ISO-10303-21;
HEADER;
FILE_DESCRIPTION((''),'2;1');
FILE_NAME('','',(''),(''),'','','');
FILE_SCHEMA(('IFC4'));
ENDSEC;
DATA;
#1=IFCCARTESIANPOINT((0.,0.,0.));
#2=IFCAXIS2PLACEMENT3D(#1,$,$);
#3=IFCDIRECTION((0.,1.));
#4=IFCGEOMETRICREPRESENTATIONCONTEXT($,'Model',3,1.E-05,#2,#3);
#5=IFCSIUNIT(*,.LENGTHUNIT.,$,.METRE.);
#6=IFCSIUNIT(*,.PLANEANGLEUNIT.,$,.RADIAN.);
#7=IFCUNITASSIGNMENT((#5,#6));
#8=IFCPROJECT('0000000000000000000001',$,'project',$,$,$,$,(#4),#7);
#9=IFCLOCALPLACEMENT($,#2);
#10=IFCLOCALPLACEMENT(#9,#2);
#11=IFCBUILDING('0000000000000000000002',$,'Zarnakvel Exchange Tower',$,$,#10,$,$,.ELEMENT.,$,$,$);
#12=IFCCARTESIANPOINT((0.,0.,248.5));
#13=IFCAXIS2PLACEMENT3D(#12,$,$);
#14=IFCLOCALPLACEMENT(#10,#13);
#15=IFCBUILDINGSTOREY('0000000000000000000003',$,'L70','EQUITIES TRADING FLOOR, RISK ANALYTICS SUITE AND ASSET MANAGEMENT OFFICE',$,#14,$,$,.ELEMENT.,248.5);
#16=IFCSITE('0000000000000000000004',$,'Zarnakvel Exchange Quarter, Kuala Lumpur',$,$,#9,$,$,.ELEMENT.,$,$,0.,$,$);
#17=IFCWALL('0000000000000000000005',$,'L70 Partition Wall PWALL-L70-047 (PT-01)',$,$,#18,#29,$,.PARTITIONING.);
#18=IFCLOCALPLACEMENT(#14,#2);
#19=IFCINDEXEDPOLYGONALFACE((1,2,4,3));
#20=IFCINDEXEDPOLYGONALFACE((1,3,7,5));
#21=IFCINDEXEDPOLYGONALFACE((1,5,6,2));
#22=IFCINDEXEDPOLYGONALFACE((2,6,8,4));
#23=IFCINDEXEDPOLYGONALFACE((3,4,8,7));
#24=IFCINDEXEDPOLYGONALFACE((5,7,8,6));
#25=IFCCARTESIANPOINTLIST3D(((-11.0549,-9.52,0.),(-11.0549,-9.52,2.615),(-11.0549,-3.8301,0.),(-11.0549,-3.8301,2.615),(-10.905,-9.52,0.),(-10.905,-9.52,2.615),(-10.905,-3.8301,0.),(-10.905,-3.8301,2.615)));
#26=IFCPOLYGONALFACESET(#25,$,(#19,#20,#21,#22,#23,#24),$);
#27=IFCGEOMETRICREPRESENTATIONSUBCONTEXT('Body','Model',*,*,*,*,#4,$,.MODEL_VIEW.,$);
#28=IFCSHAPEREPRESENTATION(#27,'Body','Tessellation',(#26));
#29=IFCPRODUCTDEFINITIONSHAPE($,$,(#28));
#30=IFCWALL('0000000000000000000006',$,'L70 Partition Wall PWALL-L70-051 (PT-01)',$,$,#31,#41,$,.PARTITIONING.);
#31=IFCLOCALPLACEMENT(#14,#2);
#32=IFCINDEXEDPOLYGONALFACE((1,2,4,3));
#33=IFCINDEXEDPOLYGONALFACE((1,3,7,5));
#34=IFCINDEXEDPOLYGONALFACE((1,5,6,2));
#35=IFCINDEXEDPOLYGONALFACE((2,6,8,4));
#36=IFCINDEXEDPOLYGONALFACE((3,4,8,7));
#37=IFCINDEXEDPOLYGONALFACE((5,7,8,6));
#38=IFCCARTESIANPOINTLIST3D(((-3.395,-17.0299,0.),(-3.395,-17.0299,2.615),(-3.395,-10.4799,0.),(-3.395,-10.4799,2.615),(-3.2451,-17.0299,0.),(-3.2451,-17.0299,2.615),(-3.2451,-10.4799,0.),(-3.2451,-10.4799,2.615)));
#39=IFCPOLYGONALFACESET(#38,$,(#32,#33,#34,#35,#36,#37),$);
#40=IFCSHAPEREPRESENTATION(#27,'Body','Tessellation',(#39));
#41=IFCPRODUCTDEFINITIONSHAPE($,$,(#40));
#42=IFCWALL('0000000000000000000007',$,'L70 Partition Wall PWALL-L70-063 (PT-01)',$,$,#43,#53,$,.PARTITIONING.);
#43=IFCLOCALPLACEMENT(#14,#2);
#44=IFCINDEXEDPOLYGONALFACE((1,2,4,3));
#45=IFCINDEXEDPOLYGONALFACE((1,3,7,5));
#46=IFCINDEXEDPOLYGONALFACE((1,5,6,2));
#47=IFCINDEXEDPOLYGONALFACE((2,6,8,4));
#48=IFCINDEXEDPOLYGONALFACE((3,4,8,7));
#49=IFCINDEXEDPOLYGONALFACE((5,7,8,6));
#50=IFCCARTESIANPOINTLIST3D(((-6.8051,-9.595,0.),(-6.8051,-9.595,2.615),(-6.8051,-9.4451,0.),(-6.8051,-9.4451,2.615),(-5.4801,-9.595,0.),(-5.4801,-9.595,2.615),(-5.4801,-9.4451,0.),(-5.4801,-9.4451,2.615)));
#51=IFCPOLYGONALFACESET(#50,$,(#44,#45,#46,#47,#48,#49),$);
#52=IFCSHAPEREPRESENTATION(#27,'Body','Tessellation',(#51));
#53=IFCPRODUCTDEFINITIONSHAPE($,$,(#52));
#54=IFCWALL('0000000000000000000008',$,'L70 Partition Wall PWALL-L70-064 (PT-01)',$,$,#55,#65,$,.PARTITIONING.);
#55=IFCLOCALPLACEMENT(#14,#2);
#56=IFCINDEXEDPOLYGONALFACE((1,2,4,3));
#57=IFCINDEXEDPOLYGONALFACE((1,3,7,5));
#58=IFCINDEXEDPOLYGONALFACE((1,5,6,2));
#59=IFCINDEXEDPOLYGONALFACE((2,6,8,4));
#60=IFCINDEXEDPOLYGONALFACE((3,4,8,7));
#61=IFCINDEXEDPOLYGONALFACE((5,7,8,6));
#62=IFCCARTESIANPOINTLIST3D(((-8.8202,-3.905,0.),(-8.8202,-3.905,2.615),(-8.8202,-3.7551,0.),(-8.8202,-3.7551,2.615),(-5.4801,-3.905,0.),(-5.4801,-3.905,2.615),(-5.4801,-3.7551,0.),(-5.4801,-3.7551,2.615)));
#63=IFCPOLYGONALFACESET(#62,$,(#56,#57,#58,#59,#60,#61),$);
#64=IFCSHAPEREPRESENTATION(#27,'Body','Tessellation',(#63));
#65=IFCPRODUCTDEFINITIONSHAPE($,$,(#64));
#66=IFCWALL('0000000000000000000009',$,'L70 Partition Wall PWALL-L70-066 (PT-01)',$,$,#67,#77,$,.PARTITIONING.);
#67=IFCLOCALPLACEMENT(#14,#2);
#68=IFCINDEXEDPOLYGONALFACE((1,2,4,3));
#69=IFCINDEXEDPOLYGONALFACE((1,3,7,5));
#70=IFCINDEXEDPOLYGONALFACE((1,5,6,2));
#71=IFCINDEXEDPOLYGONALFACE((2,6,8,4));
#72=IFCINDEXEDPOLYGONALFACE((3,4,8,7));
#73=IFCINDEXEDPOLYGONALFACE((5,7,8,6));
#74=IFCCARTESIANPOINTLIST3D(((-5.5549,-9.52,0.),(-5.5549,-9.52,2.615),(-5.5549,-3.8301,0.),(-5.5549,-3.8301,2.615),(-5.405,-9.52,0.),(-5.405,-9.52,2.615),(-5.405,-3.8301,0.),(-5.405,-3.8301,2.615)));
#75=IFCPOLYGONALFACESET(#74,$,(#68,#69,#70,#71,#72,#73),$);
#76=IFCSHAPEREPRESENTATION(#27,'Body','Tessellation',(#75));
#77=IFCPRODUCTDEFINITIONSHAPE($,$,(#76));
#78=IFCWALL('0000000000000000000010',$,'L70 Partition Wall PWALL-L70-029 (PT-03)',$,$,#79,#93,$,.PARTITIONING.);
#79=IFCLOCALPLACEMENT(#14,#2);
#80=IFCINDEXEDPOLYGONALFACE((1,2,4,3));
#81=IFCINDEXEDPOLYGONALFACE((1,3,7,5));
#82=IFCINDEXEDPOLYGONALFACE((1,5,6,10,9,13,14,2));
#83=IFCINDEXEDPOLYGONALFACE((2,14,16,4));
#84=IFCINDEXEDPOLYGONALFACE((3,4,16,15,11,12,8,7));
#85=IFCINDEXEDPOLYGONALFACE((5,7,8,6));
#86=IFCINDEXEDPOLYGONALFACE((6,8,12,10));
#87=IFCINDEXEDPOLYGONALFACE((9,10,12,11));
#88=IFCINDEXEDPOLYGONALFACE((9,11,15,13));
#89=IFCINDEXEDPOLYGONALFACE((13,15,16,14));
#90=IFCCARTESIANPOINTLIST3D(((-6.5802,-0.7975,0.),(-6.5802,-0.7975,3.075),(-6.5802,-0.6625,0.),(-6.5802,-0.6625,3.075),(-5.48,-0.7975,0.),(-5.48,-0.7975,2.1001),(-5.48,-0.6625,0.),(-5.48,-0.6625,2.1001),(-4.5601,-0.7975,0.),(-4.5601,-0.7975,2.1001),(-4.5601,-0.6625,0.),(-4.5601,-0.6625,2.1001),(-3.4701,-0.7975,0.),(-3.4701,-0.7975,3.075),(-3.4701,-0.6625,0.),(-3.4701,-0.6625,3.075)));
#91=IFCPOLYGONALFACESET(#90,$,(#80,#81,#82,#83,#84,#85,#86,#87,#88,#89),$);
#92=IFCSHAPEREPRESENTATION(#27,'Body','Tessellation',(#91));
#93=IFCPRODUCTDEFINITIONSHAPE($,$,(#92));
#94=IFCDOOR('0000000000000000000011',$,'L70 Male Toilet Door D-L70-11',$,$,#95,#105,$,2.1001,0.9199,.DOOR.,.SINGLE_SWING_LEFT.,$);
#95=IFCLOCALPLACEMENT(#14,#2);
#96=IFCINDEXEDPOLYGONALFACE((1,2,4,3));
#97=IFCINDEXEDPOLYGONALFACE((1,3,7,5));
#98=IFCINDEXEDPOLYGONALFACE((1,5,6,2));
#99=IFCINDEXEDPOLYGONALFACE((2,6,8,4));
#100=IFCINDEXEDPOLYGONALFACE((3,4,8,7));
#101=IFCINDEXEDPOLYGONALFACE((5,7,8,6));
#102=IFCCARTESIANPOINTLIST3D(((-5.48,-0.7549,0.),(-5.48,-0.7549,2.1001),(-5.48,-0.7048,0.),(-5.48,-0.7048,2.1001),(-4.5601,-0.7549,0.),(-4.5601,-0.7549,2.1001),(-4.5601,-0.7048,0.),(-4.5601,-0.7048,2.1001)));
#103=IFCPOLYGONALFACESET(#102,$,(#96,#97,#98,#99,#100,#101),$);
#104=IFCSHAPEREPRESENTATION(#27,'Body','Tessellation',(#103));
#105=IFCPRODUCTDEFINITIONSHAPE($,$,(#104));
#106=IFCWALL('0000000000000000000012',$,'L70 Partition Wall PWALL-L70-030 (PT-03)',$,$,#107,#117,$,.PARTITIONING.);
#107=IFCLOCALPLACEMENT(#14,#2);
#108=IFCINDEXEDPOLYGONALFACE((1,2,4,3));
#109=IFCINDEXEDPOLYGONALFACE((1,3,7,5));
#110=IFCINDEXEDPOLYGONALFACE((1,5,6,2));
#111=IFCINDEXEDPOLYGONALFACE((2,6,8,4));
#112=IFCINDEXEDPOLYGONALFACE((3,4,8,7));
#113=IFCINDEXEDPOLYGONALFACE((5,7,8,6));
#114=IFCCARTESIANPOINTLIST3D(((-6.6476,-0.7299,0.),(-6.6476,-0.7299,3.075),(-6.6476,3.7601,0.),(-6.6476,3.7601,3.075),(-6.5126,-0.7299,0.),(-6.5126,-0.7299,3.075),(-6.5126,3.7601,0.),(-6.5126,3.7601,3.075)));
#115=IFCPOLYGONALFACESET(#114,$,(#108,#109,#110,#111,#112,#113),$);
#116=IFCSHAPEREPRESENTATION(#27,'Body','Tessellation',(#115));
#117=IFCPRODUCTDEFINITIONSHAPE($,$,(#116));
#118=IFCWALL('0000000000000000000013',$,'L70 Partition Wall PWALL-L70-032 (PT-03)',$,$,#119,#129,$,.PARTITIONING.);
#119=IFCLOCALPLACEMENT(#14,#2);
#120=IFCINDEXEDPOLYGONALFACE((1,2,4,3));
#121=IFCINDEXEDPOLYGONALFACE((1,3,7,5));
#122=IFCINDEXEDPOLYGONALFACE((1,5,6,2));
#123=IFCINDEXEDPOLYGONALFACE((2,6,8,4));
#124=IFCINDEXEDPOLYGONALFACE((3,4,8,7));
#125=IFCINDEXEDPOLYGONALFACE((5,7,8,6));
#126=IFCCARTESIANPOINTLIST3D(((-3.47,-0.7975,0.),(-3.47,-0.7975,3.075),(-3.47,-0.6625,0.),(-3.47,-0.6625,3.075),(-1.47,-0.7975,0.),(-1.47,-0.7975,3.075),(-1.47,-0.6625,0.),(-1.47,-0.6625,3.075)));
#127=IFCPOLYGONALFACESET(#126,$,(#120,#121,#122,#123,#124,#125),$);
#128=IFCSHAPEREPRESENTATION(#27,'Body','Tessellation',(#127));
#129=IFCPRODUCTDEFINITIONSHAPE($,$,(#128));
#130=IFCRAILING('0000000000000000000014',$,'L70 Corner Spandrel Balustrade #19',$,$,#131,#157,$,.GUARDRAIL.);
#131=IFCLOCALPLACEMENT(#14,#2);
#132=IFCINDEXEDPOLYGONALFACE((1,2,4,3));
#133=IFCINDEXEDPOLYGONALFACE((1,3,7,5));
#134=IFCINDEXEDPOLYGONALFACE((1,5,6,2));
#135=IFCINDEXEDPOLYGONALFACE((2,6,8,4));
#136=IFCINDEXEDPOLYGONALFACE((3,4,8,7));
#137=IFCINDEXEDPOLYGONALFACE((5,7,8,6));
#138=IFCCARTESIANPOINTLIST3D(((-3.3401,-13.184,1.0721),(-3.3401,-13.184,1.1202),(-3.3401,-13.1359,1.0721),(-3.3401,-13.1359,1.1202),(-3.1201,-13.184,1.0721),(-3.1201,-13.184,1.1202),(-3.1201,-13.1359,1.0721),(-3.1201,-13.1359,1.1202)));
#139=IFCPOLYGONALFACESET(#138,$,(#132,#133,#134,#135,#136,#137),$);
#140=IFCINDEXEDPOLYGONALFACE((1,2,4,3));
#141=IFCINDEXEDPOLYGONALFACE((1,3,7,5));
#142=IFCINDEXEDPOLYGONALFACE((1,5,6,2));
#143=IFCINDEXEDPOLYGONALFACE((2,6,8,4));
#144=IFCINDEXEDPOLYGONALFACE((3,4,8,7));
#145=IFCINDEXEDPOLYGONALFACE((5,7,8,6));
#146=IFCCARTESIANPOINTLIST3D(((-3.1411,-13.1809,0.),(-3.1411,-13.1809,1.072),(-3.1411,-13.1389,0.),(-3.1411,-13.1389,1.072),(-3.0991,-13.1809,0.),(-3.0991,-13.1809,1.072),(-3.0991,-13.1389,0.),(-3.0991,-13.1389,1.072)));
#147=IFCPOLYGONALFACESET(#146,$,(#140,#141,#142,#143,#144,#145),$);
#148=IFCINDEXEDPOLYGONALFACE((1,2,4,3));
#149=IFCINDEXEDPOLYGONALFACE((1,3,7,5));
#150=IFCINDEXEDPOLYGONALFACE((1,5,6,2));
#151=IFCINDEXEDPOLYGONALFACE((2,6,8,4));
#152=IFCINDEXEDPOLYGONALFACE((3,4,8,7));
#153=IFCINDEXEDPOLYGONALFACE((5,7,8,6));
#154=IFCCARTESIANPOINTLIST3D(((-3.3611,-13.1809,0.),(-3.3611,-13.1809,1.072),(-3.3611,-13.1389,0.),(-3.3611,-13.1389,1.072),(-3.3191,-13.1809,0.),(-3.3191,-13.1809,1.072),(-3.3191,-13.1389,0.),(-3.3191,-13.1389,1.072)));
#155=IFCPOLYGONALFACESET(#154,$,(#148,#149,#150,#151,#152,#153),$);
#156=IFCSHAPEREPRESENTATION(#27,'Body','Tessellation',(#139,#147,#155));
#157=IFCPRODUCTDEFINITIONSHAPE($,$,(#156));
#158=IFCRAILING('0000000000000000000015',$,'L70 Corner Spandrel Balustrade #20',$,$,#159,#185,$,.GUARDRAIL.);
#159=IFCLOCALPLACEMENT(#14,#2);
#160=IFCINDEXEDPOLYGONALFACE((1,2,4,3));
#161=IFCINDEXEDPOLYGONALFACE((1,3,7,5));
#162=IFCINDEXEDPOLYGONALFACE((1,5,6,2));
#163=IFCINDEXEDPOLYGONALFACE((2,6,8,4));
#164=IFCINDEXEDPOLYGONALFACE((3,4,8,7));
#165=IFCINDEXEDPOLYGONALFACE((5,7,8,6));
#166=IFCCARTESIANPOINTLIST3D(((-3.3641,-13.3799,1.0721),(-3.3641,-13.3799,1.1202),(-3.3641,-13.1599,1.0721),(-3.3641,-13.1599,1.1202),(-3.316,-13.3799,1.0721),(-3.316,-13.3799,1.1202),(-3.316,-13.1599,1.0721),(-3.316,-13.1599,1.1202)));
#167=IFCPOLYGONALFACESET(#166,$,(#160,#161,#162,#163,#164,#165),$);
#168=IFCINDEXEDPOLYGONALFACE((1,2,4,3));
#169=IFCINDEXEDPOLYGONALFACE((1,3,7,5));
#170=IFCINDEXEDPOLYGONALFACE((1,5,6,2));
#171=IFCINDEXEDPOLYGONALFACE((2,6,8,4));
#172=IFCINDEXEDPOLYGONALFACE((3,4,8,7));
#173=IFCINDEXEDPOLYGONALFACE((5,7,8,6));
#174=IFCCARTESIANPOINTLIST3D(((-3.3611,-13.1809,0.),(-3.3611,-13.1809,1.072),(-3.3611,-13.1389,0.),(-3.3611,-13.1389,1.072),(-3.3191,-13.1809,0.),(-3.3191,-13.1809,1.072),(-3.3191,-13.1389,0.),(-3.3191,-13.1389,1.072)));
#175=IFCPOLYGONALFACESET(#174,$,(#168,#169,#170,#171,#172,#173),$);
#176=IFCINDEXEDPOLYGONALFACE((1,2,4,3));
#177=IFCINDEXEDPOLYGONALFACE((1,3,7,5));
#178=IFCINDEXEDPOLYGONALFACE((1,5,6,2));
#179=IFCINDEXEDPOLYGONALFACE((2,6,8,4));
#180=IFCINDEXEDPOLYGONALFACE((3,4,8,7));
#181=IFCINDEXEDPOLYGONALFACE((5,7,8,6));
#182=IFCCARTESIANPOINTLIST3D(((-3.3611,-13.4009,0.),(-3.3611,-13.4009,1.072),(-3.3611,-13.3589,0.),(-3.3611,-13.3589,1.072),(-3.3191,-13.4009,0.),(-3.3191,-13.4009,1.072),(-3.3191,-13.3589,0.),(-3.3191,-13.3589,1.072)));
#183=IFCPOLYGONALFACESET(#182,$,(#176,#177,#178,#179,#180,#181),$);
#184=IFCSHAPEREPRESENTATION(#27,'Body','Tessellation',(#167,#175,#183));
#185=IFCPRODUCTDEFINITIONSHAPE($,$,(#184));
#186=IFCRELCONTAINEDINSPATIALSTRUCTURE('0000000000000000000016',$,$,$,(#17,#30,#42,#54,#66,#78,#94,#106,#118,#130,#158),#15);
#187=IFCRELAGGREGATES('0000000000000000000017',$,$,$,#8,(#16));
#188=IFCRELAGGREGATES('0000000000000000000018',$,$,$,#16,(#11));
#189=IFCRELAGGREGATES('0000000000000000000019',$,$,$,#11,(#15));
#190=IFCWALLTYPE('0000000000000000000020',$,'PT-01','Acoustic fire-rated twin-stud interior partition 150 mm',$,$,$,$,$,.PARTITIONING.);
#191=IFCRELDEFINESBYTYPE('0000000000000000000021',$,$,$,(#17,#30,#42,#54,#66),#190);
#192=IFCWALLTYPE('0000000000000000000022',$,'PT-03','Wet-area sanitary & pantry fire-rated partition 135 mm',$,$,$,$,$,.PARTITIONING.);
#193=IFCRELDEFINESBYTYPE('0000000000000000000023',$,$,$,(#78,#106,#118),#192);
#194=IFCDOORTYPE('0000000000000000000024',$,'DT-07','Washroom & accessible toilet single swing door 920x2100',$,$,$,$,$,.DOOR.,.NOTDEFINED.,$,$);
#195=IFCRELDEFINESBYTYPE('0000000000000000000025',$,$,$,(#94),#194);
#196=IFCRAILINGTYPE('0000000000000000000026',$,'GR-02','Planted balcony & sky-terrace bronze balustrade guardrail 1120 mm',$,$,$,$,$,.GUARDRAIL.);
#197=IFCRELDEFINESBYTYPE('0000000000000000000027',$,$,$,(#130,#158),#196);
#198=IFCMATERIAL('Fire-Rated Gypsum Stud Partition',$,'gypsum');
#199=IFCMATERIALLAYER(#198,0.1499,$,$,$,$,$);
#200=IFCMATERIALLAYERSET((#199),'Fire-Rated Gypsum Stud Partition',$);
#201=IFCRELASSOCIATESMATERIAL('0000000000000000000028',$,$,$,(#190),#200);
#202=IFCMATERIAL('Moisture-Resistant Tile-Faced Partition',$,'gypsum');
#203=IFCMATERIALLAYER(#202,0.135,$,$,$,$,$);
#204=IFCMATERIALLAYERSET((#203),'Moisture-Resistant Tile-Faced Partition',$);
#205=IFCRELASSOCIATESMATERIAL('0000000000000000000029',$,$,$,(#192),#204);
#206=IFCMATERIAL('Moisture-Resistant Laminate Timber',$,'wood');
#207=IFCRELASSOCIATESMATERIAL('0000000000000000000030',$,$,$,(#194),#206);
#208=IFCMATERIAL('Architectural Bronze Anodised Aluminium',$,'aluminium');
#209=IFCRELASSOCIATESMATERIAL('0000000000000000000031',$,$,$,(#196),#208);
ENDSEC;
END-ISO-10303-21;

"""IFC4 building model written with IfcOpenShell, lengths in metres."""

from ifc_helpers import new_model, si_unit, direction, frame, frame_2d, origin, origin_2d, place, context, subcontext, project, spatial, rectangle, extrude, source, transform, mapped, material, layer, layer_set, type_object, element, fill, save


model = new_model("IFC4")

# Units and contexts
model_context = context("Model", 3, precision=1e-05, world=origin(), true_north=direction((0.0, 1.0)))
body_context = subcontext(model_context, "Body", "Model", "MODEL_VIEW")
ifc_project = project(units=[si_unit("LENGTHUNIT", "METRE"), si_unit("PLANEANGLEUNIT", "RADIAN")], contexts=[model_context])

# Site, building, storey
site_placement = place(None, origin())
site = spatial("IfcSite", under=ifc_project, at=site_placement, Name="Zarnakvel Exchange Quarter, Kuala Lumpur", CompositionType="ELEMENT", RefElevation=0.0)
building_placement = place(site_placement, origin())
building = spatial("IfcBuilding", under=site, at=building_placement, Name="Zarnakvel Exchange Tower", CompositionType="ELEMENT")
storey_placement = place(building_placement, frame((0.0, 0.0, 248.5)))
storey = spatial("IfcBuildingStorey", under=building, at=storey_placement, Name="L70", Description="EQUITIES TRADING FLOOR, RISK ANALYTICS SUITE AND ASSET MANAGEMENT OFFICE", CompositionType="ELEMENT", Elevation=248.5)

# Walls
ifc_material_1 = material(Name="Fire-Rated Gypsum Stud Partition", Category="gypsum")
ifc_layer_1 = layer(ifc_material_1, 0.1499)
ifc_layer_set_1 = layer_set([ifc_layer_1], Name="Fire-Rated Gypsum Stud Partition")
wall_type_1 = type_object("IfcWallType", Name="PT-01", Description="Acoustic fire-rated twin-stud interior partition 150 mm", PredefinedType="PARTITIONING", material=ifc_layer_set_1)
wall_1_placement = place(storey_placement, frame((-10.98, -3.8301, 0.0), z_axis=(0.0, 0.0, 1.0), x_axis=(0.0, -1.0, 0.0)))
element("IfcWall", 1, at=wall_1_placement, inside=storey, type_object=wall_type_1, Name="L70 Partition Wall PWALL-L70-047 (PT-01)", PredefinedType="PARTITIONING", context=body_context, shape_type="SweptSolid", body=[
    extrude(rectangle(XDim=5.6899, YDim=0.1499, at=frame_2d((2.845, 0.0))), origin(), (0.0, 0.0, 1.0), 2.615),
])
wall_2_placement = place(storey_placement, frame((-3.3201, -10.48, 0.0), z_axis=(0.0, 0.0, 1.0), x_axis=(0.0, -1.0, 0.0)))
element("IfcWall", 2, at=wall_2_placement, inside=storey, type_object=wall_type_1, Name="L70 Partition Wall PWALL-L70-051 (PT-01)", PredefinedType="PARTITIONING", context=body_context, shape_type="SweptSolid", body=[
    extrude(rectangle(XDim=6.55, YDim=0.1499, at=frame_2d((3.2749, 0.0))), origin(), (0.0, 0.0, 1.0), 2.615),
])
wall_3_placement = place(storey_placement, frame((-5.48, -9.52, 0.0), z_axis=(0.0, 0.0, 1.0), x_axis=(-1.0, 0.0, 0.0)))
element("IfcWall", 3, at=wall_3_placement, inside=storey, type_object=wall_type_1, Name="L70 Partition Wall PWALL-L70-063 (PT-01)", PredefinedType="PARTITIONING", context=body_context, shape_type="SweptSolid", body=[
    extrude(rectangle(XDim=1.325, YDim=0.1499, at=frame_2d((0.6626, 0.0))), origin(), (0.0, 0.0, 1.0), 2.615),
])
wall_4_placement = place(storey_placement, frame((-8.8201, -3.8301, 0.0), z_axis=(0.0, 0.0, 1.0), x_axis=(1.0, 0.0, 0.0)))
element("IfcWall", 4, at=wall_4_placement, inside=storey, type_object=wall_type_1, Name="L70 Partition Wall PWALL-L70-064 (PT-01)", PredefinedType="PARTITIONING", context=body_context, shape_type="SweptSolid", body=[
    extrude(rectangle(XDim=3.3401, YDim=0.1499, at=frame_2d((1.6699, 0.0))), origin(), (0.0, 0.0, 1.0), 2.615),
])

# Wall
wall_5_placement = place(storey_placement, frame((-5.48, -3.8301, 0.0), z_axis=(0.0, 0.0, 1.0), x_axis=(0.0, -1.0, 0.0)))
element("IfcWall", 5, at=wall_5_placement, inside=storey, type_object=wall_type_1, Name="L70 Partition Wall PWALL-L70-066 (PT-01)", PredefinedType="PARTITIONING", context=body_context, shape_type="SweptSolid", body=[
    extrude(rectangle(XDim=5.6899, YDim=0.1499, at=frame_2d((2.845, 0.0))), origin(), (0.0, 0.0, 1.0), 2.615),
])

# Wall, opening, door
ifc_material_2 = material(Name="Moisture-Resistant Tile-Faced Partition", Category="gypsum")
ifc_layer_2 = layer(ifc_material_2, 0.135)
ifc_layer_set_2 = layer_set([ifc_layer_2], Name="Moisture-Resistant Tile-Faced Partition")
wall_type_2 = type_object("IfcWallType", Name="PT-03", Description="Wet-area sanitary & pantry fire-rated partition 135 mm", PredefinedType="PARTITIONING", material=ifc_layer_set_2)
wall_6_placement = place(storey_placement, frame((-3.47, -0.73, 0.0), z_axis=(0.0, 0.0, 1.0), x_axis=(-1.0, 0.0, 0.0)))
wall_6 = element("IfcWall", 6, at=wall_6_placement, inside=storey, type_object=wall_type_2, Name="L70 Partition Wall PWALL-L70-029 (PT-03)", PredefinedType="PARTITIONING", context=body_context, shape_type="SweptSolid", body=[
    extrude(rectangle(XDim=3.1101, YDim=0.135, at=frame_2d((1.5552, 0.0))), origin(), (0.0, 0.0, 1.0), 3.075),
])
opening_1_placement = place(wall_6_placement, frame((1.0901, 0.0, 0.0)))
opening_1 = element("IfcOpeningElement", 7, at=opening_1_placement, cuts=wall_6, PredefinedType="OPENING", context=body_context, shape_type="SweptSolid", body=[
    extrude(rectangle(XDim=0.9199, YDim=2.1001, at=frame_2d((0.46, 1.05))), frame((0.0, 0.0774, 0.0), z_axis=(0.0, -1.0, 0.0), x_axis=(1.0, 0.0, 0.0)), (0.0, 0.0, 1.0), 0.155),
])
ifc_material_3 = material(Name="Moisture-Resistant Laminate Timber", Category="wood")
door_type_1 = type_object("IfcDoorType", Name="DT-07", Description="Washroom & accessible toilet single swing door 920x2100", OperationType="NOTDEFINED", PredefinedType="DOOR", material=ifc_material_3)
shared_shape_1 = source(origin(), body_context, "Body", "SweptSolid", [
    extrude(rectangle(XDim=0.9199, YDim=2.1001, at=frame_2d((0.46, 1.05))), frame((0.0, 0.0249, 0.0), z_axis=(0.0, -1.0, 0.0), x_axis=(1.0, 0.0, 0.0)), (0.0, 0.0, 1.0), 0.05),
])
door_1_placement = place(opening_1_placement, origin())
door_1 = element("IfcDoor", 8, at=door_1_placement, inside=storey, type_object=door_type_1, Name="L70 Male Toilet Door D-L70-11", OperationType="SINGLE_SWING_LEFT", OverallHeight=2.1001, OverallWidth=0.9199, PredefinedType="DOOR", context=body_context, shape_type="MappedRepresentation", body=[
    mapped(shared_shape_1, transform((0.0, 0.0, 0.0), x_axis=(1.0, 0.0, 0.0), y_axis=(0.0, 1.0, 0.0), z_axis=(0.0, 0.0, 1.0), scale=1.0)),
])
fill(opening_1, door_1)

# Walls
wall_7_placement = place(storey_placement, frame((-6.5801, -0.73, 0.0), z_axis=(0.0, 0.0, 1.0), x_axis=(0.0, 1.0, 0.0)))
element("IfcWall", 9, at=wall_7_placement, inside=storey, type_object=wall_type_2, Name="L70 Partition Wall PWALL-L70-030 (PT-03)", PredefinedType="PARTITIONING", context=body_context, shape_type="SweptSolid", body=[
    extrude(rectangle(XDim=4.49, YDim=0.135, at=frame_2d((2.2451, 0.0))), origin(), (0.0, 0.0, 1.0), 3.075),
])
wall_8_placement = place(storey_placement, frame((-1.47, -0.73, 0.0), z_axis=(0.0, 0.0, 1.0), x_axis=(-1.0, 0.0, 0.0)))
element("IfcWall", 10, at=wall_8_placement, inside=storey, type_object=wall_type_2, Name="L70 Partition Wall PWALL-L70-032 (PT-03)", PredefinedType="PARTITIONING", context=body_context, shape_type="SweptSolid", body=[
    extrude(rectangle(XDim=2.0, YDim=0.135, at=frame_2d((1.0, 0.0))), origin(), (0.0, 0.0, 1.0), 3.075),
])

# Railings
ifc_material_4 = material(Name="Architectural Bronze Anodised Aluminium", Category="aluminium")
railing_type_1 = type_object("IfcRailingType", Name="GR-02", Description="Planted balcony & sky-terrace bronze balustrade guardrail 1120 mm", PredefinedType="GUARDRAIL", material=ifc_material_4)
railing_1_placement = place(storey_placement, frame((-3.1201, -13.1599, 0.0)))
element("IfcRailing", 11, at=railing_1_placement, inside=storey, type_object=railing_type_1, Name="L70 Corner Spandrel Balustrade #19", PredefinedType="GUARDRAIL", context=body_context, shape_type="SweptSolid", body=[
    extrude(rectangle(XDim=0.0481, YDim=0.0481, at=origin_2d()), frame((0.0, 0.0, 1.0962), z_axis=(-1.0, 0.0, 0.0), x_axis=(0.0, -1.0, 0.0)), (0.0, 0.0, 1.0), 0.22),
    extrude(rectangle(XDim=0.042, YDim=0.042, at=origin_2d()), origin(), (0.0, 0.0, 1.0), 1.072),
    extrude(rectangle(XDim=0.042, YDim=0.042, at=origin_2d()), frame((-0.22, 0.0, 0.0)), (0.0, 0.0, 1.0), 1.072),
])
railing_2_placement = place(storey_placement, frame((-3.3401, -13.1599, 0.0)))
element("IfcRailing", 12, at=railing_2_placement, inside=storey, type_object=railing_type_1, Name="L70 Corner Spandrel Balustrade #20", PredefinedType="GUARDRAIL", context=body_context, shape_type="SweptSolid", body=[
    extrude(rectangle(XDim=0.0481, YDim=0.0481, at=origin_2d()), frame((0.0, 0.0, 1.0962), z_axis=(0.0, -1.0, 0.0), x_axis=(1.0, 0.0, 0.0)), (0.0, 0.0, 1.0), 0.22),
    extrude(rectangle(XDim=0.042, YDim=0.042, at=origin_2d()), origin(), (0.0, 0.0, 1.0), 1.072),
    extrude(rectangle(XDim=0.042, YDim=0.042, at=origin_2d()), frame((0.0, -0.22, 0.0)), (0.0, 0.0, 1.0), 1.072),
])

save(model, "model.ifc")
